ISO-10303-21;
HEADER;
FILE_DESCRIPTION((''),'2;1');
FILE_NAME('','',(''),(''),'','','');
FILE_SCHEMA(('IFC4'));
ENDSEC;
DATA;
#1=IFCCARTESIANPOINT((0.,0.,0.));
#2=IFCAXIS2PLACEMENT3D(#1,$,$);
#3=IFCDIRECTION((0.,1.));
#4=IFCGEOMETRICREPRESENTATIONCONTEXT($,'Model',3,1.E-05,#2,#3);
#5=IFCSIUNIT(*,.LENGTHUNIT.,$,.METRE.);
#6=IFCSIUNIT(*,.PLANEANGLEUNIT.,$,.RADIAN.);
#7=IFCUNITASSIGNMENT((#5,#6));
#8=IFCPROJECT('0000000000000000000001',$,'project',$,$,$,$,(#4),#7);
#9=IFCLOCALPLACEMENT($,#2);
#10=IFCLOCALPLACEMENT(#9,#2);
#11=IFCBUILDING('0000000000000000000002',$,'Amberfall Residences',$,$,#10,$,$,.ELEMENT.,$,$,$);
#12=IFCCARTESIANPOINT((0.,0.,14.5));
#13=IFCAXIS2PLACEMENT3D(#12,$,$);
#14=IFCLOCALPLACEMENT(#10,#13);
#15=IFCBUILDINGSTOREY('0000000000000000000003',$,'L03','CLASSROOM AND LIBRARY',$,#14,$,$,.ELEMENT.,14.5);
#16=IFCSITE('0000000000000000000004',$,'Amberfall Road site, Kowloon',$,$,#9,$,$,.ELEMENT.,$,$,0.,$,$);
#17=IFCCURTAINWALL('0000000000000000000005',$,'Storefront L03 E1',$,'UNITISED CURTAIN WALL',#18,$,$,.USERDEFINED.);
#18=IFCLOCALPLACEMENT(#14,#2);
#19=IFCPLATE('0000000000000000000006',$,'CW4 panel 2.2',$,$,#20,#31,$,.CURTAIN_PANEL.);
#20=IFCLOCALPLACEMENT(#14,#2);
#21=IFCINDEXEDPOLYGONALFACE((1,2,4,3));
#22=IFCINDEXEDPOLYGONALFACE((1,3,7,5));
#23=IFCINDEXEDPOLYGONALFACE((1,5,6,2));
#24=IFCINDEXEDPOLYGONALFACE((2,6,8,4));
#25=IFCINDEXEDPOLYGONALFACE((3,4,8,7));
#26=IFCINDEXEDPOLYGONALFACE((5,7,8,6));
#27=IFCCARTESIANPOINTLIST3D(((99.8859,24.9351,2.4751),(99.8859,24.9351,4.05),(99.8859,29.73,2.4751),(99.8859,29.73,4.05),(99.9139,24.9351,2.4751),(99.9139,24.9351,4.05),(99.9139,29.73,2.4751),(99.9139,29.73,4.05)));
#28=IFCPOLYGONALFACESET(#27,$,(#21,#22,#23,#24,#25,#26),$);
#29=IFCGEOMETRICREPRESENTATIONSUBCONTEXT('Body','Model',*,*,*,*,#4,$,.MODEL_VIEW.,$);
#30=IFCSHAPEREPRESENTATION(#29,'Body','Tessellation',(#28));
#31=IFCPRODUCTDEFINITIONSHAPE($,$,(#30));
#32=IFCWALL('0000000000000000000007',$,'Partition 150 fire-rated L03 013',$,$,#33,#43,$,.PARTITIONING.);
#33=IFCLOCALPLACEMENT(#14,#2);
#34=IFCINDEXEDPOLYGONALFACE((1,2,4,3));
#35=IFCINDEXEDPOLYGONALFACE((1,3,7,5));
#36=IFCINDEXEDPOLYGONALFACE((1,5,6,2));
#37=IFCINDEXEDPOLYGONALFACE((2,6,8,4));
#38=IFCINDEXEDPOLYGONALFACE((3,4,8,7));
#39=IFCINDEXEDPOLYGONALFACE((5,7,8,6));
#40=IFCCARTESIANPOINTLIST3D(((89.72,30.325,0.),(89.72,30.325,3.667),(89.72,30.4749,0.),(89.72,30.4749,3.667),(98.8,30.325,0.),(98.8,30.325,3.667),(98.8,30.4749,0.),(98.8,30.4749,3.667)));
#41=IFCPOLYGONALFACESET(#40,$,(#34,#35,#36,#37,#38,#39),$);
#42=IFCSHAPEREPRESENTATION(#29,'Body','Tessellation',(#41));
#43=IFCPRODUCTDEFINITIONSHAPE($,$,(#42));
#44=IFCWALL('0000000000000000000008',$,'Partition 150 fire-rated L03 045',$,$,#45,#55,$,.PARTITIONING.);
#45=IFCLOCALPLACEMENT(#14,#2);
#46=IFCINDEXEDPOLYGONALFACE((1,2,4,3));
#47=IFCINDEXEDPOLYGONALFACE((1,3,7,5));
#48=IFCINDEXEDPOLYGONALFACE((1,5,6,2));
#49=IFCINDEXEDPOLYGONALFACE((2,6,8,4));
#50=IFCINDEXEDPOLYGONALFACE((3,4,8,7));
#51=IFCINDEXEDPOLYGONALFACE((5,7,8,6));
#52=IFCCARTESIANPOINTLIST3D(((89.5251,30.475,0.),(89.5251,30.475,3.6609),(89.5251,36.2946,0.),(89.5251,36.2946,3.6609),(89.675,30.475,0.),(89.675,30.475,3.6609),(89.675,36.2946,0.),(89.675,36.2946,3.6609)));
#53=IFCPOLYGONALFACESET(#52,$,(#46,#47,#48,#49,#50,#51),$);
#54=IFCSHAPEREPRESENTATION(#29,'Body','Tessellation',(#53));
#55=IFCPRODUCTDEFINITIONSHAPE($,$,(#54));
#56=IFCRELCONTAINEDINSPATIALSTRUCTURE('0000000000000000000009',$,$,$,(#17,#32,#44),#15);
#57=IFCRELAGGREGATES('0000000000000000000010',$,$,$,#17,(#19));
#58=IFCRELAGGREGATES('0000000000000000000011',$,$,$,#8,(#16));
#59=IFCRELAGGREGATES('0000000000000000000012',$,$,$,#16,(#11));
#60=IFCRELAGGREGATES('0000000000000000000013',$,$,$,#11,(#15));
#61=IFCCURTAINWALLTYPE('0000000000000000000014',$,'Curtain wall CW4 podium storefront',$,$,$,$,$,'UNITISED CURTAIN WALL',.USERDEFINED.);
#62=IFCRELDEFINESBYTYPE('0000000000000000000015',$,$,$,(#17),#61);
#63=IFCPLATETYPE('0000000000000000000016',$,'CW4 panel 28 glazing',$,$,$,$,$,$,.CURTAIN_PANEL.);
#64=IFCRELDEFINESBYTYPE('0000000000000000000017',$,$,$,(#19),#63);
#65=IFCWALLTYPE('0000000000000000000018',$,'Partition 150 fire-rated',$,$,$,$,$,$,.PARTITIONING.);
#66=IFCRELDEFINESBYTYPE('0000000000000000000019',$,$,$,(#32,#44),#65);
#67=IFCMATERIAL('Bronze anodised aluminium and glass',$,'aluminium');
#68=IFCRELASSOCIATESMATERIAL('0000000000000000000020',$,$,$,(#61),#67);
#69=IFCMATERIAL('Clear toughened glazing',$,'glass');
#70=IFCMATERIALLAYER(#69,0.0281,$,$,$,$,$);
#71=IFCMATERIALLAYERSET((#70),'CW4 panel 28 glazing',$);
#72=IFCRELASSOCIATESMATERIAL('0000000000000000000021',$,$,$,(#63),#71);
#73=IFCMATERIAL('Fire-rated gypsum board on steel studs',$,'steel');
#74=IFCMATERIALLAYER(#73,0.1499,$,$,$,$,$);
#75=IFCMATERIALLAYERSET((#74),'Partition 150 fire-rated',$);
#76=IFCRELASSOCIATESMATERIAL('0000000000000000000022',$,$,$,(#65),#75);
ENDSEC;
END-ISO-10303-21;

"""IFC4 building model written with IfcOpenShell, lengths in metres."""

from ifc_helpers import new_model, si_unit, direction, frame, frame_2d, origin, origin_2d, place, context, subcontext, project, spatial, rectangle, extrude, material, layer, layer_set, type_object, element, aggregate, save


model = new_model("IFC4")

# Units and contexts
model_context = context("Model", 3, precision=1e-05, world=origin(), true_north=direction((0.0, 1.0)))
body_context = subcontext(model_context, "Body", "Model", "MODEL_VIEW")
ifc_project = project(units=[si_unit("LENGTHUNIT", "METRE"), si_unit("PLANEANGLEUNIT", "RADIAN")], contexts=[model_context])

# Site, building, storey
site_placement = place(None, origin())
site = spatial("IfcSite", under=ifc_project, at=site_placement, Name="Amberfall Road site, Kowloon", CompositionType="ELEMENT", RefElevation=0.0)
building_placement = place(site_placement, origin())
building = spatial("IfcBuilding", under=site, at=building_placement, Name="Amberfall Residences", CompositionType="ELEMENT")
storey_placement = place(building_placement, frame((0.0, 0.0, 14.5)))
storey = spatial("IfcBuildingStorey", under=building, at=storey_placement, Name="L03", Description="CLASSROOM AND LIBRARY", CompositionType="ELEMENT", Elevation=14.5)

# Curtain wall
ifc_material_1 = material(Name="Bronze anodised aluminium and glass", Category="aluminium")
curtain_wall_type = type_object("IfcCurtainWallType", Name="Curtain wall CW4 podium storefront", ElementType="UNITISED CURTAIN WALL", PredefinedType="USERDEFINED", material=ifc_material_1)
curtain_wall_1_placement = place(storey_placement, origin())
curtain_wall_1 = element("IfcCurtainWall", 1, at=curtain_wall_1_placement, inside=storey, type_object=curtain_wall_type, Name="Storefront L03 E1", ObjectType="UNITISED CURTAIN WALL", PredefinedType="USERDEFINED")

# Plate
ifc_material_2 = material(Name="Clear toughened glazing", Category="glass")
ifc_layer_1 = layer(ifc_material_2, 0.0281)
ifc_layer_set_1 = layer_set([ifc_layer_1], Name="CW4 panel 28 glazing")
plate_type = type_object("IfcPlateType", Name="CW4 panel 28 glazing", PredefinedType="CURTAIN_PANEL", material=ifc_layer_set_1)
plate_1_placement = place(storey_placement, frame((99.8999, 27.3325, 2.4751), z_axis=(0.0, 0.0, 1.0), x_axis=(0.0, 1.0, 0.0)))
plate_1 = element("IfcPlate", 2, at=plate_1_placement, type_object=plate_type, Name="CW4 panel 2.2", PredefinedType="CURTAIN_PANEL", context=body_context, shape_type="SweptSolid", body=[
    extrude(rectangle(XDim=4.7949, YDim=0.0281, at=origin_2d()), origin(), (0.0, 0.0, 1.0), 1.575),
])
aggregate(curtain_wall_1, [plate_1])

# Walls
ifc_material_3 = material(Name="Fire-rated gypsum board on steel studs", Category="steel")
ifc_layer_2 = layer(ifc_material_3, 0.1499)
ifc_layer_set_2 = layer_set([ifc_layer_2], Name="Partition 150 fire-rated")
wall_type = type_object("IfcWallType", Name="Partition 150 fire-rated", PredefinedType="PARTITIONING", material=ifc_layer_set_2)
wall_1_placement = place(storey_placement, frame((89.72, 30.3999, 0.0), z_axis=(0.0, 0.0, 1.0), x_axis=(1.0, 0.0, 0.0)))
element("IfcWall", 3, at=wall_1_placement, inside=storey, type_object=wall_type, Name="Partition 150 fire-rated L03 013", PredefinedType="PARTITIONING", context=body_context, shape_type="SweptSolid", body=[
    extrude(rectangle(XDim=9.0801, YDim=0.1499, at=frame_2d((4.54, 0.0))), origin(), (0.0, 0.0, 1.0), 3.667),
])
wall_2_placement = place(storey_placement, frame((89.6001, 30.4751, 0.0), z_axis=(0.0, 0.0, 1.0), x_axis=(0.0, 1.0, 0.0)))
element("IfcWall", 4, at=wall_2_placement, inside=storey, type_object=wall_type, Name="Partition 150 fire-rated L03 045", PredefinedType="PARTITIONING", context=body_context, shape_type="SweptSolid", body=[
    extrude(rectangle(XDim=5.8196, YDim=0.1499, at=frame_2d((2.9097, 0.0))), origin(), (0.0, 0.0, 1.0), 3.6609),
])

save(model, "model.ifc")
